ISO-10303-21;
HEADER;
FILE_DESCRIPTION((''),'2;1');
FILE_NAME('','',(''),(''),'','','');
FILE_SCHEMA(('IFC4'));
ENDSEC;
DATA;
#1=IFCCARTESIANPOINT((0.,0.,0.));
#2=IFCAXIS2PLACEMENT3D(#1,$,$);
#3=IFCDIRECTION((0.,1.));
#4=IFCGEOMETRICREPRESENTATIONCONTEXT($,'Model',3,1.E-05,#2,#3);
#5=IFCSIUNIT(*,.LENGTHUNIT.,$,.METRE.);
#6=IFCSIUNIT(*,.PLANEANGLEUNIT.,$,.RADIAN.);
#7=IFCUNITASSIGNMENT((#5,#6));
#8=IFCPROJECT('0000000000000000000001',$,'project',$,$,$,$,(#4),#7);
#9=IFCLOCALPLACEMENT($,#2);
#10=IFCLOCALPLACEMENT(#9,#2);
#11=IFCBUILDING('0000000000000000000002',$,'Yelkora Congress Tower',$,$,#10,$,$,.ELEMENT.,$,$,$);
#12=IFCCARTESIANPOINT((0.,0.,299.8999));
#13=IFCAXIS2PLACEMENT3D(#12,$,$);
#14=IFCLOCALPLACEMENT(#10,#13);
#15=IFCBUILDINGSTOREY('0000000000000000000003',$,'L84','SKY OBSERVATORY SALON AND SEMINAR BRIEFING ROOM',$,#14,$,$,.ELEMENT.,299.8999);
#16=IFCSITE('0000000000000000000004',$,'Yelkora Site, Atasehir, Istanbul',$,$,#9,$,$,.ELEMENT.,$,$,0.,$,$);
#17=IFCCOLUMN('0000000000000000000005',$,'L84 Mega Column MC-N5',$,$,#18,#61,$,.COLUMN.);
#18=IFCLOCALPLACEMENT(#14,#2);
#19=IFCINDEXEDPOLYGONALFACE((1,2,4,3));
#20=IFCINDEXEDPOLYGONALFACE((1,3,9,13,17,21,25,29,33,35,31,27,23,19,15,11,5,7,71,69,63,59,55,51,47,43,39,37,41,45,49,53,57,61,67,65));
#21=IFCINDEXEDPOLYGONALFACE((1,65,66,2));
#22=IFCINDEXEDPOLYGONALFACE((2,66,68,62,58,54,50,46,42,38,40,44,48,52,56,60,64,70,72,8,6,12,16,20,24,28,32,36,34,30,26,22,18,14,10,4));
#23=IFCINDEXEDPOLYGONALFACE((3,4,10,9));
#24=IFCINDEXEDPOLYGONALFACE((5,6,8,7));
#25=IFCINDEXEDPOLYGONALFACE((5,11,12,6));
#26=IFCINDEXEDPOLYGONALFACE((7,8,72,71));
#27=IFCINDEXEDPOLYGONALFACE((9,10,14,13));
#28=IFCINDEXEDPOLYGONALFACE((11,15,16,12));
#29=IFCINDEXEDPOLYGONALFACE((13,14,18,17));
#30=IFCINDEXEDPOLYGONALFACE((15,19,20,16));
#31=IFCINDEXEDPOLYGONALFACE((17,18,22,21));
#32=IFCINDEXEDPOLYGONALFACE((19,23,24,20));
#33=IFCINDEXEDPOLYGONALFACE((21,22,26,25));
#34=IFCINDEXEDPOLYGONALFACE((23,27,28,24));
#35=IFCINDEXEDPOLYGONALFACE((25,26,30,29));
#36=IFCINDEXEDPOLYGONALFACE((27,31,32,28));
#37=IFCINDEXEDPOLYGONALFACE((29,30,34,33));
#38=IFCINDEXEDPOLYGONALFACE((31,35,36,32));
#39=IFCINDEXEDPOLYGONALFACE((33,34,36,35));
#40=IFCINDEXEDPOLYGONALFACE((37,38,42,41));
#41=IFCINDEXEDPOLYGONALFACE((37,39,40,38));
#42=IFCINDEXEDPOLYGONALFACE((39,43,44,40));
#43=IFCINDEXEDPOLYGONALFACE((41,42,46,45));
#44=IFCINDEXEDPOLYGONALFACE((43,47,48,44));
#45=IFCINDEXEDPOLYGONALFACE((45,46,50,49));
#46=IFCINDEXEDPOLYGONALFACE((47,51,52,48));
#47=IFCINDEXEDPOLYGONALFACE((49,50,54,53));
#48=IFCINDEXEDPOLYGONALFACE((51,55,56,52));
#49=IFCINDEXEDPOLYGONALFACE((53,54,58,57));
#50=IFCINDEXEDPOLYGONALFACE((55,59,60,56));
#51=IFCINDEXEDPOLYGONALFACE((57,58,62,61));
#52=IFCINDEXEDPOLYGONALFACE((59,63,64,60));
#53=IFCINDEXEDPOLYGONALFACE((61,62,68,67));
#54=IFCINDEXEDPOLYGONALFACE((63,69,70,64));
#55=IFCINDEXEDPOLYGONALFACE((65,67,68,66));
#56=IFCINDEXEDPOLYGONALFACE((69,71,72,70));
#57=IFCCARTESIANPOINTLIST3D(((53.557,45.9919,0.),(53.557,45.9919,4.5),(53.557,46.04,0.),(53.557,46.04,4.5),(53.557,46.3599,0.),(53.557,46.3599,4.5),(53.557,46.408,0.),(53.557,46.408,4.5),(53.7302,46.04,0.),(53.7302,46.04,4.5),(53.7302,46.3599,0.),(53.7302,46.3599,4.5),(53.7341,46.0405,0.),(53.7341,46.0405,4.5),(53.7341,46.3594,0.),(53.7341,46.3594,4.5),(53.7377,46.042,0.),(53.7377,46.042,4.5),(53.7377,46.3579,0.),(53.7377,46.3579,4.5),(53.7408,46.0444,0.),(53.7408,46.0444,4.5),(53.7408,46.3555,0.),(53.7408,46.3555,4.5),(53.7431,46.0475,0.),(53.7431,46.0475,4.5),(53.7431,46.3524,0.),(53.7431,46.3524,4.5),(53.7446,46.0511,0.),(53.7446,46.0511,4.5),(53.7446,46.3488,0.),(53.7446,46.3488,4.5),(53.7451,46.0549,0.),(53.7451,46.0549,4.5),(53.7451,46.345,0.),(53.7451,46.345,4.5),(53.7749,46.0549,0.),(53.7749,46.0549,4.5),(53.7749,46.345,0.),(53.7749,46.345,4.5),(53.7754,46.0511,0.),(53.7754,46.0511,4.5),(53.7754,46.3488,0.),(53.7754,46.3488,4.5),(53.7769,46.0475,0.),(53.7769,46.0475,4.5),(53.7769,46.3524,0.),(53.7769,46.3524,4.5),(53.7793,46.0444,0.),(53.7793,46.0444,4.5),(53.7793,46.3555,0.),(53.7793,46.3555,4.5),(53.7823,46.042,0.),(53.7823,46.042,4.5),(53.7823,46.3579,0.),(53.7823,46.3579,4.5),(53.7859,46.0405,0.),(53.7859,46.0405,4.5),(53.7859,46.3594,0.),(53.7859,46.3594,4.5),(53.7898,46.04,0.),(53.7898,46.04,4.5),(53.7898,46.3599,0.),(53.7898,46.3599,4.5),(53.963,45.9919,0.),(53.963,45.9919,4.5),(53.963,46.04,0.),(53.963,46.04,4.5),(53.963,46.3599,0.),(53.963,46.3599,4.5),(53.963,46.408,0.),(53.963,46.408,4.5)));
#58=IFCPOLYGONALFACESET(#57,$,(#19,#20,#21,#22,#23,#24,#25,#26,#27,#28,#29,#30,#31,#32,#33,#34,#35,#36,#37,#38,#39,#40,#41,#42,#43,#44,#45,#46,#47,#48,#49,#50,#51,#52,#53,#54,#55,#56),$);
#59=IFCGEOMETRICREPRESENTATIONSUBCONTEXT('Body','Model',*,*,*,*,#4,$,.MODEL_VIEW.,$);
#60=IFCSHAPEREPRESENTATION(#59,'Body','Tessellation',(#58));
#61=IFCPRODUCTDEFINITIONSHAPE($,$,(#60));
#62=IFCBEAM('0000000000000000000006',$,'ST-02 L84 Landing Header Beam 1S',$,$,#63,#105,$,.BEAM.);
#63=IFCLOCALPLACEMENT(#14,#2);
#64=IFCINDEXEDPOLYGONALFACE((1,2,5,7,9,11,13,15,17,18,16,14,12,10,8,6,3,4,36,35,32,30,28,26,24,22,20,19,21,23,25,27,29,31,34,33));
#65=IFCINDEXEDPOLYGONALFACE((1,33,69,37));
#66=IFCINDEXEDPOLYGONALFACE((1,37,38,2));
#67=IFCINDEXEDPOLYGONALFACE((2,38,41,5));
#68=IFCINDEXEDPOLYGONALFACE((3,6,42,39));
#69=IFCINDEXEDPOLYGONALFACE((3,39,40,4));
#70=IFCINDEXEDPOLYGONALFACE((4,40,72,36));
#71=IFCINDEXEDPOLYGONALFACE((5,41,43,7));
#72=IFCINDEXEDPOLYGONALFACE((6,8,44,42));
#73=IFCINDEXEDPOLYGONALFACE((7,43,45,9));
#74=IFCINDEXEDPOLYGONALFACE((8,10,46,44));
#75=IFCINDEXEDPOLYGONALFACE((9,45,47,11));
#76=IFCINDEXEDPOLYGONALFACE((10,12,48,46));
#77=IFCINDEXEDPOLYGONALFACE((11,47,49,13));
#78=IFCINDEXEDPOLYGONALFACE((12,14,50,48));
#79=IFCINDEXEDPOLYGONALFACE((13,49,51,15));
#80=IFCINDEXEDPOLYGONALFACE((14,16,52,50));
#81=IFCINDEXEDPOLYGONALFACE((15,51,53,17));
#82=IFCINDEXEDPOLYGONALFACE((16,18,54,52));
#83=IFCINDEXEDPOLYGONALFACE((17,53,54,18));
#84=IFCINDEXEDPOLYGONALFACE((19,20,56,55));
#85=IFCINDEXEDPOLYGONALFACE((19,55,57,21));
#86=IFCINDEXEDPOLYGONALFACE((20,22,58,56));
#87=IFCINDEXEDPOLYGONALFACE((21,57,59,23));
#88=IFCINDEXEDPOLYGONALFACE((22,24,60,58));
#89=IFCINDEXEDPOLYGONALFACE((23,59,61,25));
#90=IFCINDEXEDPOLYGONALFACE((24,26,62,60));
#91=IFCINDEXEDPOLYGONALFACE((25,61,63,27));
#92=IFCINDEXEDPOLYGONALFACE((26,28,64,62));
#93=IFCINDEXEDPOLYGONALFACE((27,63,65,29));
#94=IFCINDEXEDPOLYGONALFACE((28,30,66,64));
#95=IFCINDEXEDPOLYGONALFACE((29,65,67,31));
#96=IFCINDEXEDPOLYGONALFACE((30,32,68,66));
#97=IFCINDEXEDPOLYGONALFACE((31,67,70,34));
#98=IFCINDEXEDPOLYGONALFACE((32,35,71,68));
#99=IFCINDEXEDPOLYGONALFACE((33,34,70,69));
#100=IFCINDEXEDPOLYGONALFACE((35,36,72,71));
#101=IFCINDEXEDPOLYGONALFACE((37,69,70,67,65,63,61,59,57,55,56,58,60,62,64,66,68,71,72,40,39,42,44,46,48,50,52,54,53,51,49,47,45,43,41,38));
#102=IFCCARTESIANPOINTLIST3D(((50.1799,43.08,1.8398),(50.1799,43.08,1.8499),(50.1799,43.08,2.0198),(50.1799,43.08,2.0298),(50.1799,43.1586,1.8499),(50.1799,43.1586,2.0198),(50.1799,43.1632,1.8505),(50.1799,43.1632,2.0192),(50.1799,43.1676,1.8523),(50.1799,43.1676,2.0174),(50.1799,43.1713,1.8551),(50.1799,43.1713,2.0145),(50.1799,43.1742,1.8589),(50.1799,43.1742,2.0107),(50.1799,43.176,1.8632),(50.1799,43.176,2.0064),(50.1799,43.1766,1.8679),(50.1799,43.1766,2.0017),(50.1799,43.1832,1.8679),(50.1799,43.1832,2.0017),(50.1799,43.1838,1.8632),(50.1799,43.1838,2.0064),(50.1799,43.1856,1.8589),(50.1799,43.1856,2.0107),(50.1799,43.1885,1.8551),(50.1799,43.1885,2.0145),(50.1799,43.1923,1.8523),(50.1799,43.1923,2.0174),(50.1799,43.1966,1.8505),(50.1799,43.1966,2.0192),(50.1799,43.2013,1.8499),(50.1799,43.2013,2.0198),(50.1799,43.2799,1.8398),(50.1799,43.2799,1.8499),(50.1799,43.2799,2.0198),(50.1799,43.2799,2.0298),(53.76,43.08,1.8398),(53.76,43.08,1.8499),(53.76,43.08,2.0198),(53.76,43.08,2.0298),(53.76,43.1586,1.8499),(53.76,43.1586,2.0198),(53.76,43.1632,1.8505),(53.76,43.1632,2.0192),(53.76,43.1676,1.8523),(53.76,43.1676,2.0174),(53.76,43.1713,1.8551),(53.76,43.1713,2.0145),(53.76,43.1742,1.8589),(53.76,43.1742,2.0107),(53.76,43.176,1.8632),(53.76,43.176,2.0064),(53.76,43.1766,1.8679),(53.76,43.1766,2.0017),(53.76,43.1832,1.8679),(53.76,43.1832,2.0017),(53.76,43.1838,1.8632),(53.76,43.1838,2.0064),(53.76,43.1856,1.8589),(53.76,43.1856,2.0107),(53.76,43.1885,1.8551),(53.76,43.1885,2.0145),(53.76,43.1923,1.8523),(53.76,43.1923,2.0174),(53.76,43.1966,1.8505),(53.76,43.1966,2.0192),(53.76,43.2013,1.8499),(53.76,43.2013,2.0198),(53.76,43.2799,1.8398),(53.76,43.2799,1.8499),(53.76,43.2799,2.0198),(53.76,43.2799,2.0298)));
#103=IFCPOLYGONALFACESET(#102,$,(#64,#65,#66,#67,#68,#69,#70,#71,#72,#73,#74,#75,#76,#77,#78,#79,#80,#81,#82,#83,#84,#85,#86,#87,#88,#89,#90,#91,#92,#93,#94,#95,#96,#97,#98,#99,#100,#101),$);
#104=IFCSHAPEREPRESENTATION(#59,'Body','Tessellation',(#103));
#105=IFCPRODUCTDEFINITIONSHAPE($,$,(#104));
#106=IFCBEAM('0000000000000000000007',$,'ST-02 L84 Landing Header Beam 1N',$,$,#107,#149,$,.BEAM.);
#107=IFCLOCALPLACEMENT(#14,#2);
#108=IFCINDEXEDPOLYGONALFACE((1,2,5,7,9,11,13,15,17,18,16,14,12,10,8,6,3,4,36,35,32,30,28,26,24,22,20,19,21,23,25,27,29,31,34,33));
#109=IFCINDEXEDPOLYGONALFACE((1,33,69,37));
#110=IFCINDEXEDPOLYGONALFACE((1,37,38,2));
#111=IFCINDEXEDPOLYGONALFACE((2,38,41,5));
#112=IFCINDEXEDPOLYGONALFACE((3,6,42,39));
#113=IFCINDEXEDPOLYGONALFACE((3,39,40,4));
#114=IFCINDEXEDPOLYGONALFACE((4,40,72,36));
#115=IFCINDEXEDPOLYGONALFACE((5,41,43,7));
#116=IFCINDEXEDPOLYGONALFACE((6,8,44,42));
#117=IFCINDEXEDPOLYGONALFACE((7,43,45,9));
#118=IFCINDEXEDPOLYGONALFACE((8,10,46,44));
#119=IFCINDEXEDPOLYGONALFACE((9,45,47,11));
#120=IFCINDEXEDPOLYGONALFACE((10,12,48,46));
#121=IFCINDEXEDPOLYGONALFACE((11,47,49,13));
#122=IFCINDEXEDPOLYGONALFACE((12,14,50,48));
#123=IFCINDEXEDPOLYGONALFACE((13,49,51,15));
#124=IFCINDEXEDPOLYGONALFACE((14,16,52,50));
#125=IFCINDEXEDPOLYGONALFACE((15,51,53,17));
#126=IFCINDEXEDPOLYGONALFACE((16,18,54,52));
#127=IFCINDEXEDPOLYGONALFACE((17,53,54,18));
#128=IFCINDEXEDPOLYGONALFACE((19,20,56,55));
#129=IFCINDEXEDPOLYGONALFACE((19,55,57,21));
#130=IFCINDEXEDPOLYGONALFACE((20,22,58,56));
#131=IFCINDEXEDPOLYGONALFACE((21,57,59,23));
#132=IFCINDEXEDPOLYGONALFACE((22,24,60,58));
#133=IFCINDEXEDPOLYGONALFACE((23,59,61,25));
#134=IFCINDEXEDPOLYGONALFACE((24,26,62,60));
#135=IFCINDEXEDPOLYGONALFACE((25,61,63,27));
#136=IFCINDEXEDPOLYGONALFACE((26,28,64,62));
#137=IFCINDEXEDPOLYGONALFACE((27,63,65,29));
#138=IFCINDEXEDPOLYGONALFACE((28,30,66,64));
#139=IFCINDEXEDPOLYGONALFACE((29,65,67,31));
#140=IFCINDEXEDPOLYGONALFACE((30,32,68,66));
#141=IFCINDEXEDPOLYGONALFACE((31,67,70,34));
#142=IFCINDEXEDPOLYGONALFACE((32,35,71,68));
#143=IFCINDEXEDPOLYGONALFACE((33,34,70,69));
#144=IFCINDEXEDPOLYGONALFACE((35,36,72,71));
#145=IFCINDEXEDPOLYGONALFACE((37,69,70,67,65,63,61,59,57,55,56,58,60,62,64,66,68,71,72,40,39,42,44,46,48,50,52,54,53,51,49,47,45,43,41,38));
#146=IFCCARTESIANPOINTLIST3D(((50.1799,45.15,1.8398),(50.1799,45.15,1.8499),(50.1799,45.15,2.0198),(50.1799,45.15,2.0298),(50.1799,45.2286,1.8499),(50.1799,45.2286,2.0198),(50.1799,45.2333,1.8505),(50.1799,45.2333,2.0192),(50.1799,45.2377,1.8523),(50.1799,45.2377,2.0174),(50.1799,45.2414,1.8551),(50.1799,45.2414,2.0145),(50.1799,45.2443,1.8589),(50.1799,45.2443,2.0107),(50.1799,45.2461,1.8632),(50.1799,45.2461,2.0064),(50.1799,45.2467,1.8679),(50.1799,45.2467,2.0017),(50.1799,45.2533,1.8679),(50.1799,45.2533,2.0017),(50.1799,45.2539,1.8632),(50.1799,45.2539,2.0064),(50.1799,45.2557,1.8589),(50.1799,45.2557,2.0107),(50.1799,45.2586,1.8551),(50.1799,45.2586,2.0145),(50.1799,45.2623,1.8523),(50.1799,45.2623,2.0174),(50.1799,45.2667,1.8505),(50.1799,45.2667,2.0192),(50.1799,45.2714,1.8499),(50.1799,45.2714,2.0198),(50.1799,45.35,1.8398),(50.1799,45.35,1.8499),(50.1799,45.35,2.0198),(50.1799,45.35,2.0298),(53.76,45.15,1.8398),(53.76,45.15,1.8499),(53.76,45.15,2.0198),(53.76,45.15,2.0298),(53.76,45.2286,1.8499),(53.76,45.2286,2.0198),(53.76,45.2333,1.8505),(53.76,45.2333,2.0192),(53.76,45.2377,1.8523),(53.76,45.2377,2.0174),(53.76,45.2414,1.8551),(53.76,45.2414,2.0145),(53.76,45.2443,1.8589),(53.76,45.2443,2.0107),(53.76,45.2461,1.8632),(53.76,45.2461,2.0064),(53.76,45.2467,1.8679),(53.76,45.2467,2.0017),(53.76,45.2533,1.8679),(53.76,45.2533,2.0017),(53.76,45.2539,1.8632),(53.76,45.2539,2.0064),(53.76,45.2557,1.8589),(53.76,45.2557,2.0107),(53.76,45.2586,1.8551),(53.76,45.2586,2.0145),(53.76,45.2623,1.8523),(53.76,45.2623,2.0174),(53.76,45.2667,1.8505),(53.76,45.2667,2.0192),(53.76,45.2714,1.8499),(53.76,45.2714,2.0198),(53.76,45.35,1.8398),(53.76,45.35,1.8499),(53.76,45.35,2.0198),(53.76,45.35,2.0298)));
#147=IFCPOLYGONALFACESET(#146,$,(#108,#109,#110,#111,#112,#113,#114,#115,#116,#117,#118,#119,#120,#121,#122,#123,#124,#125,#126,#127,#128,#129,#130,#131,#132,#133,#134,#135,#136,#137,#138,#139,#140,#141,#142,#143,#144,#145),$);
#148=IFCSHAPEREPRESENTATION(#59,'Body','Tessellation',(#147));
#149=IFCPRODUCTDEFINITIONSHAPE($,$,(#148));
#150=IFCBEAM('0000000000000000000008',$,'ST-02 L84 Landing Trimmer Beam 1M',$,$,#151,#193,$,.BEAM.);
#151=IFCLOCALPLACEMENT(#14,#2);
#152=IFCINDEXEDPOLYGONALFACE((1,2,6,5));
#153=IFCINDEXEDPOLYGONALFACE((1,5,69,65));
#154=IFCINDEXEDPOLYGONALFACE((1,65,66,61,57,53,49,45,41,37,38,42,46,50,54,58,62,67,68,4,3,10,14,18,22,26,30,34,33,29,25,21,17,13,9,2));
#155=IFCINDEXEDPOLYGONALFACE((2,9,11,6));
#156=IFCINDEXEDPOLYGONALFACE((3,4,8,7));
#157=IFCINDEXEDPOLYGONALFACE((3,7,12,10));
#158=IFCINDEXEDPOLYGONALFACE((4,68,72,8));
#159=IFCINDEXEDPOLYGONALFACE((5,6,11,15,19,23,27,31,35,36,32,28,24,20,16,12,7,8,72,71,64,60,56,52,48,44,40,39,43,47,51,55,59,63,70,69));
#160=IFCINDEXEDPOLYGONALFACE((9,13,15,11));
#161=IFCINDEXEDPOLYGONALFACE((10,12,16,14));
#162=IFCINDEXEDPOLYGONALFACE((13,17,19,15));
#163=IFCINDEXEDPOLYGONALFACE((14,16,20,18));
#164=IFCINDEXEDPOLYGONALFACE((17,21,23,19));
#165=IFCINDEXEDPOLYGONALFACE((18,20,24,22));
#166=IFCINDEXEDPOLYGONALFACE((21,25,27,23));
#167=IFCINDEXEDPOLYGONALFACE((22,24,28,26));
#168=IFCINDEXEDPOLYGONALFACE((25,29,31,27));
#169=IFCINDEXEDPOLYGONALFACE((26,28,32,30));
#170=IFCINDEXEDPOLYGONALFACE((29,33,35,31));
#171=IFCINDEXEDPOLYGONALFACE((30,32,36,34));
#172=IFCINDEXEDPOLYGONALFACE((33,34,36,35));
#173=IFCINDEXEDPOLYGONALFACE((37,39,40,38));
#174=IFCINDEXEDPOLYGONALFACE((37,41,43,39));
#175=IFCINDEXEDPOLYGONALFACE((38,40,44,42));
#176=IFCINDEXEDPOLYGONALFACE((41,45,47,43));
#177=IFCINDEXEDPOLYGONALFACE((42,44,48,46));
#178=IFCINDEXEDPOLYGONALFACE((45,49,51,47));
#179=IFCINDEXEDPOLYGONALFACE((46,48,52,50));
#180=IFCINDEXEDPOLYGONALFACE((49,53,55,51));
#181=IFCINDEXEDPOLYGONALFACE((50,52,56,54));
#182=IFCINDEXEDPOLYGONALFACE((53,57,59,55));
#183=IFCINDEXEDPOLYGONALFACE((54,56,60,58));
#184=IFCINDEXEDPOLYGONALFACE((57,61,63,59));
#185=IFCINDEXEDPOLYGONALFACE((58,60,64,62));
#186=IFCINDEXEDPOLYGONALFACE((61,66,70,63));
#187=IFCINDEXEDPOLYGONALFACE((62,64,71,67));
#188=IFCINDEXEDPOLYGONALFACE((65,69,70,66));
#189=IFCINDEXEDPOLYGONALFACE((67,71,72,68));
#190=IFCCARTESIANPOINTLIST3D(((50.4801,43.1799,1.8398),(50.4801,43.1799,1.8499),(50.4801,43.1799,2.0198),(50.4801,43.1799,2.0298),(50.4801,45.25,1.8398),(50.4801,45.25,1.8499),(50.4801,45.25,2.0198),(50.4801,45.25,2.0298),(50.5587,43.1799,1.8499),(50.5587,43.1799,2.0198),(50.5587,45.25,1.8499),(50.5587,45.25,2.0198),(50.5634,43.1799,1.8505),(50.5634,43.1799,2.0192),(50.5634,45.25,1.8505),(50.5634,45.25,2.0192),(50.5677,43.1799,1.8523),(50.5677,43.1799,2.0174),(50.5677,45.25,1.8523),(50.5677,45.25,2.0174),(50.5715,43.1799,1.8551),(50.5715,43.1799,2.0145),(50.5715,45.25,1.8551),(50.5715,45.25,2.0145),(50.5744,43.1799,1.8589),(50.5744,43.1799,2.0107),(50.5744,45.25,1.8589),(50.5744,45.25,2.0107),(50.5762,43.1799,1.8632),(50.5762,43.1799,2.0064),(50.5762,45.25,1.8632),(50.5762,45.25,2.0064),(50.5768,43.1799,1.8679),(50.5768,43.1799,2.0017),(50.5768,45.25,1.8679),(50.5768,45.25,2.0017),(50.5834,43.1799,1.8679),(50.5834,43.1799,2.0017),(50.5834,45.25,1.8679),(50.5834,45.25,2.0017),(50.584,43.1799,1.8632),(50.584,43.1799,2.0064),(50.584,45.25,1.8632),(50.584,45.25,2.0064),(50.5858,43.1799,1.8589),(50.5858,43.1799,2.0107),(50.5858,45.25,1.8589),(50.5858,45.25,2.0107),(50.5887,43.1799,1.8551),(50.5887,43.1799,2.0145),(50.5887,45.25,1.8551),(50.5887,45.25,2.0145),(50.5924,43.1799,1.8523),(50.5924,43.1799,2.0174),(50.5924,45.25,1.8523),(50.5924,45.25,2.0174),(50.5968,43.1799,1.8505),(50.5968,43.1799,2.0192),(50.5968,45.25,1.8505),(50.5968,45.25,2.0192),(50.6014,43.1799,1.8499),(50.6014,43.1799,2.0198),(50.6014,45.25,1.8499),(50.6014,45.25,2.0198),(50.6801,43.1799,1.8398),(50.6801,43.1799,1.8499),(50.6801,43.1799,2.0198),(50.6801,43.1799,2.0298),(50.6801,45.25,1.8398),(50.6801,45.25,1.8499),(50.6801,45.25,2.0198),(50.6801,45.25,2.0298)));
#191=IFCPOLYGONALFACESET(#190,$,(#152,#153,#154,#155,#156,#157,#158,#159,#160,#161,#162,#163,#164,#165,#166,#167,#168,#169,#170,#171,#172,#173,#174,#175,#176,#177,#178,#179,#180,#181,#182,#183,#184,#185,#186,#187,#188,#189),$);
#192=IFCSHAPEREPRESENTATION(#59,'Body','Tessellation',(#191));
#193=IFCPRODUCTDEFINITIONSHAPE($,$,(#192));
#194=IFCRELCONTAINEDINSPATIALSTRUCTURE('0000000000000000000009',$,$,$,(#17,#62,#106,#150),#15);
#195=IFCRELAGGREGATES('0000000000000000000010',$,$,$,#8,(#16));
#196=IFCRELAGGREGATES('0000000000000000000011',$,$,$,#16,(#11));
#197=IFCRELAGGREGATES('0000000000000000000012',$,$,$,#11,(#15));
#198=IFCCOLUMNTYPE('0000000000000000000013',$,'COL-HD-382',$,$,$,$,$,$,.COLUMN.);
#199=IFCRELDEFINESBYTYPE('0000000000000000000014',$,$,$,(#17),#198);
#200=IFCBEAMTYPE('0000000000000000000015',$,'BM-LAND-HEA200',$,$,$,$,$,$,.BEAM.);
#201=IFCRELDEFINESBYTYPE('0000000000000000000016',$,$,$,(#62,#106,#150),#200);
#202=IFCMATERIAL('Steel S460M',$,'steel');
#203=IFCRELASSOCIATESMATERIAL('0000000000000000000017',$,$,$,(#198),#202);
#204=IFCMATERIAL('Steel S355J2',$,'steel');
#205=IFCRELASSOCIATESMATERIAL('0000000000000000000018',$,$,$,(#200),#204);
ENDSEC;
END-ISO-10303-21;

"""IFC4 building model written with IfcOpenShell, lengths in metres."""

from ifc_helpers import new_model, si_unit, direction, frame, origin, origin_2d, place, context, subcontext, project, spatial, i_section, extrude, material, material_profile, profile_set, type_object, element, save


model = new_model("IFC4")

# Units and contexts
model_context = context("Model", 3, precision=1e-05, world=origin(), true_north=direction((0.0, 1.0)))
body_context = subcontext(model_context, "Body", "Model", "MODEL_VIEW")
ifc_project = project(units=[si_unit("LENGTHUNIT", "METRE"), si_unit("PLANEANGLEUNIT", "RADIAN")], contexts=[model_context])

# Site, building, storey
site_placement = place(None, origin())
site = spatial("IfcSite", under=ifc_project, at=site_placement, Name="Yelkora Site, Atasehir, Istanbul", CompositionType="ELEMENT", RefElevation=0.0)
building_placement = place(site_placement, origin())
building = spatial("IfcBuilding", under=site, at=building_placement, Name="Yelkora Congress Tower", CompositionType="ELEMENT")
storey_placement = place(building_placement, frame((0.0, 0.0, 299.8999)))
storey = spatial("IfcBuildingStorey", under=building, at=storey_placement, Name="L84", Description="SKY OBSERVATORY SALON AND SEMINAR BRIEFING ROOM", CompositionType="ELEMENT", Elevation=299.8999)

# Column
ifc_material_1 = material(Name="Steel S460M", Category="steel")
ifc_material_profile_1 = material_profile(ifc_material_1, i_section(OverallWidth=0.406, OverallDepth=0.416, WebThickness=0.0298, FlangeThickness=0.0481, FilletRadius=0.0149, at=origin_2d()), Name="HD 400x382")
ifc_profile_set_1 = profile_set([ifc_material_profile_1], Name="Steel S460M")
column_type = type_object("IfcColumnType", Name="COL-HD-382", PredefinedType="COLUMN", material=ifc_profile_set_1)
column_placement = place(storey_placement, frame((53.76, 46.2, 0.0), z_axis=(0.0, 0.0, 1.0), x_axis=(1.0, 0.0, 0.0)))
element("IfcColumn", 1, at=column_placement, inside=storey, type_object=column_type, Name="L84 Mega Column MC-N5", PredefinedType="COLUMN", context=body_context, shape_type="SweptSolid", body=[
    extrude(i_section(OverallWidth=0.406, OverallDepth=0.416, WebThickness=0.0298, FlangeThickness=0.0481, FilletRadius=0.0149, at=origin_2d()), origin(), (0.0, 0.0, 1.0), 4.5),
])

# Beams
ifc_material_2 = material(Name="Steel S355J2", Category="steel")
ifc_material_profile_2 = material_profile(ifc_material_2, i_section(OverallWidth=0.2, OverallDepth=0.1899, WebThickness=0.0066, FlangeThickness=0.01, FilletRadius=0.0181, at=origin_2d()), Name="HEA 200")
ifc_profile_set_2 = profile_set([ifc_material_profile_2], Name="Steel S355J2")
beam_type = type_object("IfcBeamType", Name="BM-LAND-HEA200", PredefinedType="BEAM", material=ifc_profile_set_2)
for number, where, z_axis, x_axis, name in (
    (2, (50.1799, 43.1799, 1.9348), (1.0, 0.0, 0.0), (0.0, 1.0, 0.0), "ST-02 L84 Landing Header Beam 1S"),
    (3, (50.1799, 45.25, 1.9348), (1.0, 0.0, 0.0), (0.0, 1.0, 0.0), "ST-02 L84 Landing Header Beam 1N"),
):
    element("IfcBeam", number, at=place(storey_placement, frame(where, z_axis=z_axis, x_axis=x_axis)), inside=storey, type_object=beam_type, Name=name, PredefinedType="BEAM", context=body_context, shape_type="SweptSolid", body=[
        extrude(i_section(OverallWidth=0.2, OverallDepth=0.1899, WebThickness=0.0066, FlangeThickness=0.01, FilletRadius=0.0181, at=origin_2d()), origin(), (0.0, 0.0, 1.0), 3.5801),
    ])
beam_placement = place(storey_placement, frame((50.5801, 43.1799, 1.9348), z_axis=(0.0, 1.0, 0.0), x_axis=(-1.0, 0.0, 0.0)))
element("IfcBeam", 4, at=beam_placement, inside=storey, type_object=beam_type, Name="ST-02 L84 Landing Trimmer Beam 1M", PredefinedType="BEAM", context=body_context, shape_type="SweptSolid", body=[
    extrude(i_section(OverallWidth=0.2, OverallDepth=0.1899, WebThickness=0.0066, FlangeThickness=0.01, FilletRadius=0.0181, at=origin_2d()), origin(), (0.0, 0.0, 1.0), 2.0701),
])

save(model, "model.ifc")
